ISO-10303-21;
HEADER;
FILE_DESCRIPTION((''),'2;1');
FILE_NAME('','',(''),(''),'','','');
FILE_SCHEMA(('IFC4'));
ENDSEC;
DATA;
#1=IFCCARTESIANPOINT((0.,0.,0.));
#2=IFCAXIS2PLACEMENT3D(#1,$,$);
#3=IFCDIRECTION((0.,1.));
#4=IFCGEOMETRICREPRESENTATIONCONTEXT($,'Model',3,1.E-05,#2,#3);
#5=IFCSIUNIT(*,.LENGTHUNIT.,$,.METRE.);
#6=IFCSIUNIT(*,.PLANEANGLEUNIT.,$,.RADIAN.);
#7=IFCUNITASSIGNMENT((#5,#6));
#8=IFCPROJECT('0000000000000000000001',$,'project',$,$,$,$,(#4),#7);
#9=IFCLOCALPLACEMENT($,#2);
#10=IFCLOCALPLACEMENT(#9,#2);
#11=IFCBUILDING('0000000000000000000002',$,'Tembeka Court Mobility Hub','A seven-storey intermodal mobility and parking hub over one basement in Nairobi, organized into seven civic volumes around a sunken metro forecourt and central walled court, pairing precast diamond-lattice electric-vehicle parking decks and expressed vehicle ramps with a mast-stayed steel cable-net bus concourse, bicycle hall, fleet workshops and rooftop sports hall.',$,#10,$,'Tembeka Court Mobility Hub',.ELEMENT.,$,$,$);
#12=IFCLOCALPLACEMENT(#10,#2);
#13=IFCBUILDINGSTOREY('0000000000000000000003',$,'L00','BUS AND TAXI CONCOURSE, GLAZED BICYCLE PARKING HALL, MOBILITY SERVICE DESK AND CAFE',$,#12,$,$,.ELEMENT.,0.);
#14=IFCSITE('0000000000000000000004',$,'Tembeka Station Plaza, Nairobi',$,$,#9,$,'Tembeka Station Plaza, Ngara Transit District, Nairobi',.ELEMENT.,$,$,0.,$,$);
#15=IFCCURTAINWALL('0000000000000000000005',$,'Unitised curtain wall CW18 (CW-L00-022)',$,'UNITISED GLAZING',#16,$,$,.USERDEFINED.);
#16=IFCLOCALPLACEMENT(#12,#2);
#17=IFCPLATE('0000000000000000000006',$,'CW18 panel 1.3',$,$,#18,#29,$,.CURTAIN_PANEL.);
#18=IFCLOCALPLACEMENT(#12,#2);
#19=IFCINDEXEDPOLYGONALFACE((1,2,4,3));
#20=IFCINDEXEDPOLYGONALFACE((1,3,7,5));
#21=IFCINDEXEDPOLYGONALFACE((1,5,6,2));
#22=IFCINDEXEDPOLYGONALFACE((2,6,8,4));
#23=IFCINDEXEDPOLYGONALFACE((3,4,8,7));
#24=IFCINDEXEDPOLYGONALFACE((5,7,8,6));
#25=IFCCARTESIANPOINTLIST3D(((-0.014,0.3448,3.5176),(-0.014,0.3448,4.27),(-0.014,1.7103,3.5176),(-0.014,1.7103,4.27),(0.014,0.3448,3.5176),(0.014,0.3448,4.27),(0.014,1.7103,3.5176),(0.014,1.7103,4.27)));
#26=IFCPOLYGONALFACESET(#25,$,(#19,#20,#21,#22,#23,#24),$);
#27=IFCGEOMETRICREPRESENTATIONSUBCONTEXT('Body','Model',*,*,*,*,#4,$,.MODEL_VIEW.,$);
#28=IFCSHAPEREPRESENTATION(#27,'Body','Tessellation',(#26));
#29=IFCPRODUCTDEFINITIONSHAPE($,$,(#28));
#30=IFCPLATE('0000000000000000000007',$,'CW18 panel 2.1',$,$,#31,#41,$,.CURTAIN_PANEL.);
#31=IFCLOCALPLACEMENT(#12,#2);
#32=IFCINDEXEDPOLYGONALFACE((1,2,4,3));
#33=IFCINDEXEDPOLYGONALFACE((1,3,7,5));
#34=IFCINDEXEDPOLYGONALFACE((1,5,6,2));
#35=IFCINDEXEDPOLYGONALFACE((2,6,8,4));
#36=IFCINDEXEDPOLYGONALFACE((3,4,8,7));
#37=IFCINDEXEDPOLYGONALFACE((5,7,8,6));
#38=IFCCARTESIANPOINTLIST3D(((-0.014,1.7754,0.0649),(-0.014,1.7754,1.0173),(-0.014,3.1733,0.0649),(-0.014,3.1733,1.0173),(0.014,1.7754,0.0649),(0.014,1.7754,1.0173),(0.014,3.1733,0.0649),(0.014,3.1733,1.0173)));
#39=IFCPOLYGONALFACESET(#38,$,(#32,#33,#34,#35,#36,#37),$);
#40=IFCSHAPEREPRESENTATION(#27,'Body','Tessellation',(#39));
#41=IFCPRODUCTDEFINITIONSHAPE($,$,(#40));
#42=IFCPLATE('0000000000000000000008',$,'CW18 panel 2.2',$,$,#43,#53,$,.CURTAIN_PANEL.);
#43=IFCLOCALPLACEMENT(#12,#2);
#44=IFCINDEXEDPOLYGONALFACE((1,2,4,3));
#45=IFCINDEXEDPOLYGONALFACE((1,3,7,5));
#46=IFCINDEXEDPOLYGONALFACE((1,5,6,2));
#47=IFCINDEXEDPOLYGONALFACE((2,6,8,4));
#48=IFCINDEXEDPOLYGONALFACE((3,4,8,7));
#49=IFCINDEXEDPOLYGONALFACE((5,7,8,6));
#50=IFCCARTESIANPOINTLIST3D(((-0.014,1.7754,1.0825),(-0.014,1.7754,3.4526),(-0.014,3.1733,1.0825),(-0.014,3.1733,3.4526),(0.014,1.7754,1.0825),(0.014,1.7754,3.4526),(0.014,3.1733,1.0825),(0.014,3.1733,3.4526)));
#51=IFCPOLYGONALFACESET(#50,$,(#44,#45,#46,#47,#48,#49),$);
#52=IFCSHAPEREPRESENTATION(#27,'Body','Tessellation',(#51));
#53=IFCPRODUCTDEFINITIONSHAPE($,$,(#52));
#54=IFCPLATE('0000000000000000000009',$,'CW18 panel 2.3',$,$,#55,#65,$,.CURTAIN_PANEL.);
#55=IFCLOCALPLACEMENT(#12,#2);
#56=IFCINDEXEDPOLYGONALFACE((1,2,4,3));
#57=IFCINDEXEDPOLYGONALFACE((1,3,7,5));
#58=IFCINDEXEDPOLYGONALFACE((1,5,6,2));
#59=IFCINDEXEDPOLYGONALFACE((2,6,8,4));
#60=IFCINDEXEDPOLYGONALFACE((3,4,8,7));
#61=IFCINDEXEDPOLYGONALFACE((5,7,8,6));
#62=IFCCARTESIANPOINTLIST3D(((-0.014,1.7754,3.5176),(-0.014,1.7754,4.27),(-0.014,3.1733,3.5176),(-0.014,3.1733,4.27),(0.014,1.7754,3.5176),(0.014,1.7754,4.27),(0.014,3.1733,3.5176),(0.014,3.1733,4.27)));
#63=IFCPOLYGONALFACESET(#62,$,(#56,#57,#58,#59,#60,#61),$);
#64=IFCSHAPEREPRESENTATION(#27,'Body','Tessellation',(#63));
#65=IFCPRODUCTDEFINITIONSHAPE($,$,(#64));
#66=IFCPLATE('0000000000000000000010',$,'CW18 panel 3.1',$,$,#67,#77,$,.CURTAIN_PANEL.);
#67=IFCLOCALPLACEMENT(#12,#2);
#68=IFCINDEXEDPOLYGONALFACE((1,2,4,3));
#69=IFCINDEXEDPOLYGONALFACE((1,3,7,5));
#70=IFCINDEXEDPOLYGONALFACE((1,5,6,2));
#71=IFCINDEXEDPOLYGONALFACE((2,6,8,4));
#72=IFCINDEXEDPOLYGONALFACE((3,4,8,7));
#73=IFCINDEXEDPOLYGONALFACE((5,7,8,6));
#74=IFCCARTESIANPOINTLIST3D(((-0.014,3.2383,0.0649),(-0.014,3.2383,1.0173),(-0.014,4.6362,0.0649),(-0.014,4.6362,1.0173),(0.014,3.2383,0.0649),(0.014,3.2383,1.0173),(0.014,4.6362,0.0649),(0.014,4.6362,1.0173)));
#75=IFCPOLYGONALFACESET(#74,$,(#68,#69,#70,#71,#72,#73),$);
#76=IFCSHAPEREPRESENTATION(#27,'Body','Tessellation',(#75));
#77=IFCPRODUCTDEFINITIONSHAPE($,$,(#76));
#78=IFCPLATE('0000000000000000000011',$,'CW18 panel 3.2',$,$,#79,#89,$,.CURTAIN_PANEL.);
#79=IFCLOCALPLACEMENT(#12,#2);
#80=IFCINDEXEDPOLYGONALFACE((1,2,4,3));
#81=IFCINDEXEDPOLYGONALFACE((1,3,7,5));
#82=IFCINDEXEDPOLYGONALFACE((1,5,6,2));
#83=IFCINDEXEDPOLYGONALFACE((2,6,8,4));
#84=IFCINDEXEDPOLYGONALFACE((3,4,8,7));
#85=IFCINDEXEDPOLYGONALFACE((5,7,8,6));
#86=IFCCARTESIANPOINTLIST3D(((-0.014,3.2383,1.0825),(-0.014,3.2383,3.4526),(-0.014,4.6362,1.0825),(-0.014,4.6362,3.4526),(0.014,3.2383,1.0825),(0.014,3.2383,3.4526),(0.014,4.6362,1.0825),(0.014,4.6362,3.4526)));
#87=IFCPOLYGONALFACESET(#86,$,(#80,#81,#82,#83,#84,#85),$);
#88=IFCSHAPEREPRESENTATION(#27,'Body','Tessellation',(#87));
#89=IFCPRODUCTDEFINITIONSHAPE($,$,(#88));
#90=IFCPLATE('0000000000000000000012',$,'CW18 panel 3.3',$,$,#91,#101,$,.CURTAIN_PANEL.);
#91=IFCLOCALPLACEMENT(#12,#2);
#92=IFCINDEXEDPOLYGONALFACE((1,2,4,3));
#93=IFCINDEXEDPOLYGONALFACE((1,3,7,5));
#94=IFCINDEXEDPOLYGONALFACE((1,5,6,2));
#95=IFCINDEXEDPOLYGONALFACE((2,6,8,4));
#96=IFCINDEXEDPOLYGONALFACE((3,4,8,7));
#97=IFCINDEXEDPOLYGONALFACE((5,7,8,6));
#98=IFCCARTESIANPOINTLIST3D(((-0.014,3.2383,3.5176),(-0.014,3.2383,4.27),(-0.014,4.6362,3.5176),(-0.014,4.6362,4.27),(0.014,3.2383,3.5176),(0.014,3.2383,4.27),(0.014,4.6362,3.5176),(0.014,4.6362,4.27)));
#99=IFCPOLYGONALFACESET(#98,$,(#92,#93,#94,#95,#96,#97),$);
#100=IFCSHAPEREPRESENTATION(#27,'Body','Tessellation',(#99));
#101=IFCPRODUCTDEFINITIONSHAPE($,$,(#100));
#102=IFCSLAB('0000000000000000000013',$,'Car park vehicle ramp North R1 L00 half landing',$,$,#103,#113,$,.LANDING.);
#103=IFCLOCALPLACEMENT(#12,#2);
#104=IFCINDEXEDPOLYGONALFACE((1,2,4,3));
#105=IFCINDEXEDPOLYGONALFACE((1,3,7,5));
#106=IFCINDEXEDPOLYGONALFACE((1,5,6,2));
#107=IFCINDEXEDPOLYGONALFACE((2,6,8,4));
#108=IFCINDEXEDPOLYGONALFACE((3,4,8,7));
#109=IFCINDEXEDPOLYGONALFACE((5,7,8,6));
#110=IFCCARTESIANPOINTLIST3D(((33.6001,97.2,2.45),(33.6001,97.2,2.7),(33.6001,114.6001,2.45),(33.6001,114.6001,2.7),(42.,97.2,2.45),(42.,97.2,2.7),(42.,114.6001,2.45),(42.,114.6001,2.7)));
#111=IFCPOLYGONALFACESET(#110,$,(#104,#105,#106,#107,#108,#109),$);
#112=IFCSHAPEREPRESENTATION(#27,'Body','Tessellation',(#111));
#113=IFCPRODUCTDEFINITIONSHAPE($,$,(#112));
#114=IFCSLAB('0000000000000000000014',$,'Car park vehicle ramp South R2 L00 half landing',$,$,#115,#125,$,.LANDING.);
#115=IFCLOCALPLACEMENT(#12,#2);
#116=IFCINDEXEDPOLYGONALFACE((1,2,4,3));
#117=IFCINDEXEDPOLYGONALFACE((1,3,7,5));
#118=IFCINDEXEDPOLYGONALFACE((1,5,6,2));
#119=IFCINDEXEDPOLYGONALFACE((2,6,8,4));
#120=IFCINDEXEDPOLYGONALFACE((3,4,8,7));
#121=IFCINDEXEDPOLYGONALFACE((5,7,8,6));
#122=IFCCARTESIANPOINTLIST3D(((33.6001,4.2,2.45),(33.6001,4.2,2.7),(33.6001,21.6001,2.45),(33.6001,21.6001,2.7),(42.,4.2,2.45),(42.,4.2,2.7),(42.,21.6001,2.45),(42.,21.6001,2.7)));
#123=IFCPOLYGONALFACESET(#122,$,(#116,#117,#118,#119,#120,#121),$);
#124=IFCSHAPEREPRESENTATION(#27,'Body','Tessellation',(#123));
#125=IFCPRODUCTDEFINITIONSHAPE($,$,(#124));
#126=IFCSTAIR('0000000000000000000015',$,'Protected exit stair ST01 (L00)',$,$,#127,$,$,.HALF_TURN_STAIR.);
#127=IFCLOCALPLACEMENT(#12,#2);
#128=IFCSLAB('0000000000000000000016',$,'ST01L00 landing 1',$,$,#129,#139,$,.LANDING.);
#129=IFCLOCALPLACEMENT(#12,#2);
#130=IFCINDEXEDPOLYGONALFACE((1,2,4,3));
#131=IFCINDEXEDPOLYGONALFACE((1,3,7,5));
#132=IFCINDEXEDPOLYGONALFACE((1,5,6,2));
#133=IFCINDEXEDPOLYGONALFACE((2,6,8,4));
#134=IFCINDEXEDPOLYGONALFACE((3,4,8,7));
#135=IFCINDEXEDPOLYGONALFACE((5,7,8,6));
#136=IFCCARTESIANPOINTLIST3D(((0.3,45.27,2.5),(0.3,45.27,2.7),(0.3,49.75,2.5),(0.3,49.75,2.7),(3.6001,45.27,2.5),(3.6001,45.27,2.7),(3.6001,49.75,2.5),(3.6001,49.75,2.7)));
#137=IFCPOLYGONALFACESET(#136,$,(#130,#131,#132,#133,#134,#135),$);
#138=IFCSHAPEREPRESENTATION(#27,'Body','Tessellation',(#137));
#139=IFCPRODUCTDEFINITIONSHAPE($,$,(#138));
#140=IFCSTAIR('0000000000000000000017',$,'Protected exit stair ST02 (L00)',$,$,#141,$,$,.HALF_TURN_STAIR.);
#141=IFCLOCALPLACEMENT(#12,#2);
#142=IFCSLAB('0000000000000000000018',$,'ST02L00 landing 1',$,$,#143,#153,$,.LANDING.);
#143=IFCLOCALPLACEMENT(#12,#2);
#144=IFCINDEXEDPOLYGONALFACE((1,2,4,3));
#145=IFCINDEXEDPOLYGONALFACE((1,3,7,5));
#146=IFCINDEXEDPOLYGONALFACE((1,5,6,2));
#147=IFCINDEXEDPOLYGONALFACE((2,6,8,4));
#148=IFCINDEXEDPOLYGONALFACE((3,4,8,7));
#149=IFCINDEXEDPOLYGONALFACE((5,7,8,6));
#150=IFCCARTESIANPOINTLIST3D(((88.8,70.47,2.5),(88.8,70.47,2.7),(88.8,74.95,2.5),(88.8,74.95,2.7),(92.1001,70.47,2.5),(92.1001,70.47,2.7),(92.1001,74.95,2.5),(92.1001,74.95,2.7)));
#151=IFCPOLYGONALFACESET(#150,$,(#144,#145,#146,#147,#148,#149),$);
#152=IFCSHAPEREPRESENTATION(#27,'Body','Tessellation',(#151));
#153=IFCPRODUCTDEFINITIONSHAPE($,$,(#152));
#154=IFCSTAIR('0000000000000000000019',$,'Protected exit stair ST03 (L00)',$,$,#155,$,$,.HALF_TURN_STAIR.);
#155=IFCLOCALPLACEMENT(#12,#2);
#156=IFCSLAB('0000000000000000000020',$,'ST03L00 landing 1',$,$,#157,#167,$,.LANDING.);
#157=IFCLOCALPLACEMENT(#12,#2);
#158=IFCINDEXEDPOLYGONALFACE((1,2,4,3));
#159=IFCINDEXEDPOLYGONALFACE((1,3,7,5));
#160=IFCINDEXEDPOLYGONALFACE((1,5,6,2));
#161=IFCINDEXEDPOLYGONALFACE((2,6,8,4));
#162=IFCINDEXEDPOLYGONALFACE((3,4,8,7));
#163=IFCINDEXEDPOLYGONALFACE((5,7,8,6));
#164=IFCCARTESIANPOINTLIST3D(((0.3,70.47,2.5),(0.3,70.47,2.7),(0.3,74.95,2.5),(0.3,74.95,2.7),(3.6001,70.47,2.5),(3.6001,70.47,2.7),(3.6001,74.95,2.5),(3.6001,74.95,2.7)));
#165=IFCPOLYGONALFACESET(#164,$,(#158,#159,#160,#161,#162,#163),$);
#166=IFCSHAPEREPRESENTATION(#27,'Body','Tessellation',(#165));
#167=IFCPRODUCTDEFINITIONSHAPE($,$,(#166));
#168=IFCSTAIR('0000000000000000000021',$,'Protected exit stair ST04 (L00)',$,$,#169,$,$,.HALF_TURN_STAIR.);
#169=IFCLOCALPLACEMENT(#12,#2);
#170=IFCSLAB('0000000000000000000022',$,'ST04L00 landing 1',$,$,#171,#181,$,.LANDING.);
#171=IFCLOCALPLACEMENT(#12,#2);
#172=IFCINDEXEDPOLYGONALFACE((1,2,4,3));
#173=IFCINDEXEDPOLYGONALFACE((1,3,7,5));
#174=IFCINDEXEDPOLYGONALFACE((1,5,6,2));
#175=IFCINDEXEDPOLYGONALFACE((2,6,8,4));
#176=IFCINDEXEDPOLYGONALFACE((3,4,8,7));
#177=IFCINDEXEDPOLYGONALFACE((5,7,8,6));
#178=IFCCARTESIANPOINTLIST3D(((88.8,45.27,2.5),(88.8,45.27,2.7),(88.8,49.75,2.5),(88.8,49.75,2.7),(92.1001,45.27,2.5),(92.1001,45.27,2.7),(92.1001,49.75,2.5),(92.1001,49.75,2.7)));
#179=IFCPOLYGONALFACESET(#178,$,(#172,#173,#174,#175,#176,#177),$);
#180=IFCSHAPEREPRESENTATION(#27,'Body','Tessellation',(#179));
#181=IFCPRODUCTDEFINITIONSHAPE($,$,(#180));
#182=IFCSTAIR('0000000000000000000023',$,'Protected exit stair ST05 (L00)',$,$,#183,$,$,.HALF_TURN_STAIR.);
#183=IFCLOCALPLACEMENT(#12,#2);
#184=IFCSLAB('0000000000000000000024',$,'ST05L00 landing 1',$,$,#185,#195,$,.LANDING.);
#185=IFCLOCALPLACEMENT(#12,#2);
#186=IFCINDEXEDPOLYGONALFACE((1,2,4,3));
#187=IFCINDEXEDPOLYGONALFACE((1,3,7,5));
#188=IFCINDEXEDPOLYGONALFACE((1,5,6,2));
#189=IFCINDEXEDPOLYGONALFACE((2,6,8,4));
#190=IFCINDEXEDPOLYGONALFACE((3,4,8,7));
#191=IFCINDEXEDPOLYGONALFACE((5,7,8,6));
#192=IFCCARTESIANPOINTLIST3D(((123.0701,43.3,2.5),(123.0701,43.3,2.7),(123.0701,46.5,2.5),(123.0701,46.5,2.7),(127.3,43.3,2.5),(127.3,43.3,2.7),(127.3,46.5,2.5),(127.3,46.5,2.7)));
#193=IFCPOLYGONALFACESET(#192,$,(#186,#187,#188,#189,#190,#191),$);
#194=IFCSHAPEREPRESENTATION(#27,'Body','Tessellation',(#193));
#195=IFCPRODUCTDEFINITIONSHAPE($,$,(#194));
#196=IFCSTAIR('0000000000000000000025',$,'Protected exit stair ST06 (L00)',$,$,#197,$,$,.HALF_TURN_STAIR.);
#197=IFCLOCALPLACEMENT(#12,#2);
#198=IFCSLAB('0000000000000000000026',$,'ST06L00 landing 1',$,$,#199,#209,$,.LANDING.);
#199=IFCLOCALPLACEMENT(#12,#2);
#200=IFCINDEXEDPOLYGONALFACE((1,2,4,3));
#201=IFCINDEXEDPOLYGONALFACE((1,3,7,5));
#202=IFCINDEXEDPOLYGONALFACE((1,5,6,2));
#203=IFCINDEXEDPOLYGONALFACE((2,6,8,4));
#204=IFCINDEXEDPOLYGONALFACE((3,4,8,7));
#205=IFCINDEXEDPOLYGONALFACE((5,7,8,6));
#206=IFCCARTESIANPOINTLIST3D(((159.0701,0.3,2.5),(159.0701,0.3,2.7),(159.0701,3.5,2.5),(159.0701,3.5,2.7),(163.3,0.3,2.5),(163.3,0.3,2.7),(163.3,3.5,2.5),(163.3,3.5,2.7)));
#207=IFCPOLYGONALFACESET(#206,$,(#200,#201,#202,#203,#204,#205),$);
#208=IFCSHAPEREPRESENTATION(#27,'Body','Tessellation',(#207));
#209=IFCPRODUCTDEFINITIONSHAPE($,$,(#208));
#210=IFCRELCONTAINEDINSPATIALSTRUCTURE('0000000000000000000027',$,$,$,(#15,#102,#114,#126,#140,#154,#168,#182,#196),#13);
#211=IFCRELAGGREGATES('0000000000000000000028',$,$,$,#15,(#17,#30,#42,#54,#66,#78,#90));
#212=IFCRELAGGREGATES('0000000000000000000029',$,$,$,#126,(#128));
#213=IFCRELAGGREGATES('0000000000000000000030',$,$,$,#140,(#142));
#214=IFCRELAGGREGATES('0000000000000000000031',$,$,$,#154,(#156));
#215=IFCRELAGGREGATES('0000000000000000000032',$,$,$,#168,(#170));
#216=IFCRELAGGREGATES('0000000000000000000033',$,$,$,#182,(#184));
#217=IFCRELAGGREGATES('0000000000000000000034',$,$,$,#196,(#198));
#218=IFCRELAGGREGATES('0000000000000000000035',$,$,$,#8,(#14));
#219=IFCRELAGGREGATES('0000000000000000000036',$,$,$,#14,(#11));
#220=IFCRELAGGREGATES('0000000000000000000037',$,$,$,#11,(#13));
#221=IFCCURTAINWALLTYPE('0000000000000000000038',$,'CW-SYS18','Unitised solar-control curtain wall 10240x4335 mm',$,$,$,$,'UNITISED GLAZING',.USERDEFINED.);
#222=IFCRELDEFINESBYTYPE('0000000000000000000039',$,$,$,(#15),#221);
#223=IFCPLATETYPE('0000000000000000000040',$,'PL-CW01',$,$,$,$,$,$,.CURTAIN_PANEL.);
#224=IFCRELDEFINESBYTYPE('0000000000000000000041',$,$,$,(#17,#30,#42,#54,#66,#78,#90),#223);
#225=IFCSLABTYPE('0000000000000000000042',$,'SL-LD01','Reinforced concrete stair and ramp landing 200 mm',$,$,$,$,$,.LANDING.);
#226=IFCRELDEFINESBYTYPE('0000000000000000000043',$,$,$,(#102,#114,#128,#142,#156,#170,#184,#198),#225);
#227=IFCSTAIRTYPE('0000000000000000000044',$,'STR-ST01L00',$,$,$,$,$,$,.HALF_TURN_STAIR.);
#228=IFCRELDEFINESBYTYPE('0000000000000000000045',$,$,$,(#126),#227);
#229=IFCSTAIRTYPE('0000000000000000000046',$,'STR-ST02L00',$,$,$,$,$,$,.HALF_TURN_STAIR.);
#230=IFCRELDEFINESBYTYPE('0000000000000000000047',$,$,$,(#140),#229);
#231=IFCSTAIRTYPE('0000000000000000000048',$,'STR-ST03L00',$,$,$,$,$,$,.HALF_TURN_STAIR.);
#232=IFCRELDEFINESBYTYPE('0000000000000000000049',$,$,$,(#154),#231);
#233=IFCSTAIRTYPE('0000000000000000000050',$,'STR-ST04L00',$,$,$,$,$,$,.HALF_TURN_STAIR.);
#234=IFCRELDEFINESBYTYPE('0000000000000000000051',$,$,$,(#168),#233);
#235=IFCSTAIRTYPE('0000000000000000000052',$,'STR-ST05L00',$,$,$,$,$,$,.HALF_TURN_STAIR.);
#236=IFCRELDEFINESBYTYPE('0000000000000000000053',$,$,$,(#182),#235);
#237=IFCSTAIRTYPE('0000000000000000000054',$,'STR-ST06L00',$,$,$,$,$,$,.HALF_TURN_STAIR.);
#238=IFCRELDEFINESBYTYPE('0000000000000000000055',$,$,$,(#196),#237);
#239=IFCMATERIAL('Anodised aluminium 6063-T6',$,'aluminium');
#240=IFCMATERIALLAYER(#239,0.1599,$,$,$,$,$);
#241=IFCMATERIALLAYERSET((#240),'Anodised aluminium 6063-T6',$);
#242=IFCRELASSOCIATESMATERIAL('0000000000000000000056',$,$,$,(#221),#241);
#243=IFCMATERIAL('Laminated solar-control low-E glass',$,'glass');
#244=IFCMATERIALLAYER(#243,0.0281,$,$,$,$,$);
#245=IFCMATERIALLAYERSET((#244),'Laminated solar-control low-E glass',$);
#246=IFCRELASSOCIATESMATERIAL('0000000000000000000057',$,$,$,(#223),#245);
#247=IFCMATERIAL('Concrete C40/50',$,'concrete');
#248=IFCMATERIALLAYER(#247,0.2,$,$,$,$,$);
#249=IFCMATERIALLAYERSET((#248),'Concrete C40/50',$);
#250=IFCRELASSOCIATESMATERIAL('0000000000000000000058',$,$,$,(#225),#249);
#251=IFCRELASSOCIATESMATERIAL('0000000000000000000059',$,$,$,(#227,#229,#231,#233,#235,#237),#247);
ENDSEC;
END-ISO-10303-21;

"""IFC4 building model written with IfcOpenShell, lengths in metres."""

from ifc_helpers import new_model, si_unit, direction, frame, origin, origin_2d, place, context, subcontext, project, spatial, polyline, rectangle, outline, extrude, material, layer, layer_set, type_object, element, aggregate, save


model = new_model("IFC4")

# Units and contexts
model_context = context("Model", 3, precision=1e-05, world=origin(), true_north=direction((0.0, 1.0)))
body_context = subcontext(model_context, "Body", "Model", "MODEL_VIEW")
ifc_project = project(units=[si_unit("LENGTHUNIT", "METRE"), si_unit("PLANEANGLEUNIT", "RADIAN")], contexts=[model_context])

# Site, building, storey
site_placement = place(None, origin())
site = spatial("IfcSite", under=ifc_project, at=site_placement, Name="Tembeka Station Plaza, Nairobi", LongName="Tembeka Station Plaza, Ngara Transit District, Nairobi", CompositionType="ELEMENT", RefElevation=0.0)
building_placement = place(site_placement, origin())
building = spatial("IfcBuilding", under=site, at=building_placement, Name="Tembeka Court Mobility Hub", Description="A seven-storey intermodal mobility and parking hub over one basement in Nairobi, organized into seven civic volumes around a sunken metro forecourt and central walled court, pairing precast diamond-lattice electric-vehicle parking decks and expressed vehicle ramps with a mast-stayed steel cable-net bus concourse, bicycle hall, fleet workshops and rooftop sports hall.", LongName="Tembeka Court Mobility Hub", CompositionType="ELEMENT")
storey_placement = place(building_placement, origin())
storey = spatial("IfcBuildingStorey", under=building, at=storey_placement, Name="L00", Description="BUS AND TAXI CONCOURSE, GLAZED BICYCLE PARKING HALL, MOBILITY SERVICE DESK AND CAFE", CompositionType="ELEMENT", Elevation=0.0)

# Curtain wall, plates
ifc_material_1 = material(Name="Anodised aluminium 6063-T6", Category="aluminium")
ifc_layer_1 = layer(ifc_material_1, 0.1599)
ifc_layer_set_1 = layer_set([ifc_layer_1], Name="Anodised aluminium 6063-T6")
curtain_wall_type = type_object("IfcCurtainWallType", Name="CW-SYS18", Description="Unitised solar-control curtain wall 10240x4335 mm", ElementType="UNITISED GLAZING", PredefinedType="USERDEFINED", material=ifc_layer_set_1)
curtain_wall_placement = place(storey_placement, origin())
curtain_wall = element("IfcCurtainWall", 1, at=curtain_wall_placement, inside=storey, type_object=curtain_wall_type, Name="Unitised curtain wall CW18 (CW-L00-022)", ObjectType="UNITISED GLAZING", PredefinedType="USERDEFINED")
ifc_material_2 = material(Name="Laminated solar-control low-E glass", Category="glass")
ifc_layer_2 = layer(ifc_material_2, 0.0281)
ifc_layer_set_2 = layer_set([ifc_layer_2], Name="Laminated solar-control low-E glass")
plate_type = type_object("IfcPlateType", Name="PL-CW01", PredefinedType="CURTAIN_PANEL", material=ifc_layer_set_2)
plate_1_placement = place(storey_placement, frame((0.0, 1.0276, 3.5176), z_axis=(0.0, 0.0, 1.0), x_axis=(0.0, 1.0, 0.0)))
plate_1 = element("IfcPlate", 2, at=plate_1_placement, type_object=plate_type, Name="CW18 panel 1.3", PredefinedType="CURTAIN_PANEL", context=body_context, shape_type="SweptSolid", body=[
    extrude(rectangle(XDim=1.3655, YDim=0.0281, at=origin_2d()), origin(), (0.0, 0.0, 1.0), 0.7524),
])
plate_2_placement = place(storey_placement, frame((0.0, 2.4744, 0.0649), z_axis=(0.0, 0.0, 1.0), x_axis=(0.0, 1.0, 0.0)))
plate_2 = element("IfcPlate", 3, at=plate_2_placement, type_object=plate_type, Name="CW18 panel 2.1", PredefinedType="CURTAIN_PANEL", context=body_context, shape_type="SweptSolid", body=[
    extrude(rectangle(XDim=1.3979, YDim=0.0281, at=origin_2d()), origin(), (0.0, 0.0, 1.0), 0.9524),
])
plate_3_placement = place(storey_placement, frame((0.0, 2.4744, 1.0825), z_axis=(0.0, 0.0, 1.0), x_axis=(0.0, 1.0, 0.0)))
plate_3 = element("IfcPlate", 4, at=plate_3_placement, type_object=plate_type, Name="CW18 panel 2.2", PredefinedType="CURTAIN_PANEL", context=body_context, shape_type="SweptSolid", body=[
    extrude(rectangle(XDim=1.3979, YDim=0.0281, at=origin_2d()), origin(), (0.0, 0.0, 1.0), 2.3701),
])
plate_4_placement = place(storey_placement, frame((0.0, 2.4744, 3.5176), z_axis=(0.0, 0.0, 1.0), x_axis=(0.0, 1.0, 0.0)))
plate_4 = element("IfcPlate", 5, at=plate_4_placement, type_object=plate_type, Name="CW18 panel 2.3", PredefinedType="CURTAIN_PANEL", context=body_context, shape_type="SweptSolid", body=[
    extrude(rectangle(XDim=1.3979, YDim=0.0281, at=origin_2d()), origin(), (0.0, 0.0, 1.0), 0.7524),
])
plate_5_placement = place(storey_placement, frame((0.0, 3.9373, 0.0649), z_axis=(0.0, 0.0, 1.0), x_axis=(0.0, 1.0, 0.0)))
plate_5 = element("IfcPlate", 6, at=plate_5_placement, type_object=plate_type, Name="CW18 panel 3.1", PredefinedType="CURTAIN_PANEL", context=body_context, shape_type="SweptSolid", body=[
    extrude(rectangle(XDim=1.3979, YDim=0.0281, at=origin_2d()), origin(), (0.0, 0.0, 1.0), 0.9524),
])
plate_6_placement = place(storey_placement, frame((0.0, 3.9373, 1.0825), z_axis=(0.0, 0.0, 1.0), x_axis=(0.0, 1.0, 0.0)))
plate_6 = element("IfcPlate", 7, at=plate_6_placement, type_object=plate_type, Name="CW18 panel 3.2", PredefinedType="CURTAIN_PANEL", context=body_context, shape_type="SweptSolid", body=[
    extrude(rectangle(XDim=1.3979, YDim=0.0281, at=origin_2d()), origin(), (0.0, 0.0, 1.0), 2.3701),
])
plate_7_placement = place(storey_placement, frame((0.0, 3.9373, 3.5176), z_axis=(0.0, 0.0, 1.0), x_axis=(0.0, 1.0, 0.0)))
plate_7 = element("IfcPlate", 8, at=plate_7_placement, type_object=plate_type, Name="CW18 panel 3.3", PredefinedType="CURTAIN_PANEL", context=body_context, shape_type="SweptSolid", body=[
    extrude(rectangle(XDim=1.3979, YDim=0.0281, at=origin_2d()), origin(), (0.0, 0.0, 1.0), 0.7524),
])
aggregate(curtain_wall, [plate_1, plate_2, plate_3, plate_4, plate_5, plate_6, plate_7])

# Slabs
ifc_material_3 = material(Name="Concrete C40/50", Category="concrete")
ifc_layer_3 = layer(ifc_material_3, 0.2)
ifc_layer_set_3 = layer_set([ifc_layer_3], Name="Concrete C40/50")
slab_type = type_object("IfcSlabType", Name="SL-LD01", Description="Reinforced concrete stair and ramp landing 200 mm", PredefinedType="LANDING", material=ifc_layer_set_3)
slab_1_placement = place(storey_placement, frame((0.0, 0.0, 2.45)))
element("IfcSlab", 9, at=slab_1_placement, inside=storey, type_object=slab_type, Name="Car park vehicle ramp North R1 L00 half landing", PredefinedType="LANDING", context=body_context, shape_type="SweptSolid", body=[
    extrude(outline(polyline([(33.6001, 97.2), (42.0, 97.2), (42.0, 114.6001), (33.6001, 114.6001), (33.6001, 97.2)])), origin(), (0.0, 0.0, 1.0), 0.25),
])
slab_2_placement = place(storey_placement, frame((0.0, 0.0, 2.45)))
element("IfcSlab", 10, at=slab_2_placement, inside=storey, type_object=slab_type, Name="Car park vehicle ramp South R2 L00 half landing", PredefinedType="LANDING", context=body_context, shape_type="SweptSolid", body=[
    extrude(outline(polyline([(33.6001, 4.2), (42.0, 4.2), (42.0, 21.6001), (33.6001, 21.6001), (33.6001, 4.2)])), origin(), (0.0, 0.0, 1.0), 0.25),
])

# Stairs, slabs
stair_type_1 = type_object("IfcStairType", Name="STR-ST01L00", PredefinedType="HALF_TURN_STAIR", material=ifc_material_3)
stair_1_placement = place(storey_placement, origin())
stair_1 = element("IfcStair", 11, at=stair_1_placement, inside=storey, type_object=stair_type_1, Name="Protected exit stair ST01 (L00)", PredefinedType="HALF_TURN_STAIR")
slab_3_placement = place(storey_placement, frame((0.0, 0.0, 2.5)))
slab_3 = element("IfcSlab", 12, at=slab_3_placement, type_object=slab_type, Name="ST01L00 landing 1", PredefinedType="LANDING", context=body_context, shape_type="SweptSolid", body=[
    extrude(outline(polyline([(3.6001, 45.27), (3.6001, 49.75), (0.3, 49.75), (0.3, 45.27), (3.6001, 45.27)])), origin(), (0.0, 0.0, 1.0), 0.2),
])
aggregate(stair_1, [slab_3])
stair_type_2 = type_object("IfcStairType", Name="STR-ST02L00", PredefinedType="HALF_TURN_STAIR", material=ifc_material_3)
stair_2_placement = place(storey_placement, origin())
stair_2 = element("IfcStair", 13, at=stair_2_placement, inside=storey, type_object=stair_type_2, Name="Protected exit stair ST02 (L00)", PredefinedType="HALF_TURN_STAIR")
slab_4_placement = place(storey_placement, frame((0.0, 0.0, 2.5)))
slab_4 = element("IfcSlab", 14, at=slab_4_placement, type_object=slab_type, Name="ST02L00 landing 1", PredefinedType="LANDING", context=body_context, shape_type="SweptSolid", body=[
    extrude(outline(polyline([(92.1001, 70.47), (92.1001, 74.95), (88.8, 74.95), (88.8, 70.47), (92.1001, 70.47)])), origin(), (0.0, 0.0, 1.0), 0.2),
])
aggregate(stair_2, [slab_4])
stair_type_3 = type_object("IfcStairType", Name="STR-ST03L00", PredefinedType="HALF_TURN_STAIR", material=ifc_material_3)
stair_3_placement = place(storey_placement, origin())
stair_3 = element("IfcStair", 15, at=stair_3_placement, inside=storey, type_object=stair_type_3, Name="Protected exit stair ST03 (L00)", PredefinedType="HALF_TURN_STAIR")
slab_5_placement = place(storey_placement, frame((0.0, 0.0, 2.5)))
slab_5 = element("IfcSlab", 16, at=slab_5_placement, type_object=slab_type, Name="ST03L00 landing 1", PredefinedType="LANDING", context=body_context, shape_type="SweptSolid", body=[
    extrude(outline(polyline([(3.6001, 70.47), (3.6001, 74.95), (0.3, 74.95), (0.3, 70.47), (3.6001, 70.47)])), origin(), (0.0, 0.0, 1.0), 0.2),
])
aggregate(stair_3, [slab_5])
stair_type_4 = type_object("IfcStairType", Name="STR-ST04L00", PredefinedType="HALF_TURN_STAIR", material=ifc_material_3)
stair_4_placement = place(storey_placement, origin())
stair_4 = element("IfcStair", 17, at=stair_4_placement, inside=storey, type_object=stair_type_4, Name="Protected exit stair ST04 (L00)", PredefinedType="HALF_TURN_STAIR")
slab_6_placement = place(storey_placement, frame((0.0, 0.0, 2.5)))
slab_6 = element("IfcSlab", 18, at=slab_6_placement, type_object=slab_type, Name="ST04L00 landing 1", PredefinedType="LANDING", context=body_context, shape_type="SweptSolid", body=[
    extrude(outline(polyline([(92.1001, 45.27), (92.1001, 49.75), (88.8, 49.75), (88.8, 45.27), (92.1001, 45.27)])), origin(), (0.0, 0.0, 1.0), 0.2),
])
aggregate(stair_4, [slab_6])
stair_type_5 = type_object("IfcStairType", Name="STR-ST05L00", PredefinedType="HALF_TURN_STAIR", material=ifc_material_3)
stair_5_placement = place(storey_placement, origin())
stair_5 = element("IfcStair", 19, at=stair_5_placement, inside=storey, type_object=stair_type_5, Name="Protected exit stair ST05 (L00)", PredefinedType="HALF_TURN_STAIR")
slab_7_placement = place(storey_placement, frame((0.0, 0.0, 2.5)))
slab_7 = element("IfcSlab", 20, at=slab_7_placement, type_object=slab_type, Name="ST05L00 landing 1", PredefinedType="LANDING", context=body_context, shape_type="SweptSolid", body=[
    extrude(outline(polyline([(123.0701, 43.3), (127.3, 43.3), (127.3, 46.5), (123.0701, 46.5), (123.0701, 43.3)])), origin(), (0.0, 0.0, 1.0), 0.2),
])
aggregate(stair_5, [slab_7])
stair_type_6 = type_object("IfcStairType", Name="STR-ST06L00", PredefinedType="HALF_TURN_STAIR", material=ifc_material_3)
stair_6_placement = place(storey_placement, origin())
stair_6 = element("IfcStair", 21, at=stair_6_placement, inside=storey, type_object=stair_type_6, Name="Protected exit stair ST06 (L00)", PredefinedType="HALF_TURN_STAIR")
slab_8_placement = place(storey_placement, frame((0.0, 0.0, 2.5)))
slab_8 = element("IfcSlab", 22, at=slab_8_placement, type_object=slab_type, Name="ST06L00 landing 1", PredefinedType="LANDING", context=body_context, shape_type="SweptSolid", body=[
    extrude(outline(polyline([(159.0701, 0.3), (163.3, 0.3), (163.3, 3.5), (159.0701, 3.5), (159.0701, 0.3)])), origin(), (0.0, 0.0, 1.0), 0.2),
])
aggregate(stair_6, [slab_8])

save(model, "model.ifc")
